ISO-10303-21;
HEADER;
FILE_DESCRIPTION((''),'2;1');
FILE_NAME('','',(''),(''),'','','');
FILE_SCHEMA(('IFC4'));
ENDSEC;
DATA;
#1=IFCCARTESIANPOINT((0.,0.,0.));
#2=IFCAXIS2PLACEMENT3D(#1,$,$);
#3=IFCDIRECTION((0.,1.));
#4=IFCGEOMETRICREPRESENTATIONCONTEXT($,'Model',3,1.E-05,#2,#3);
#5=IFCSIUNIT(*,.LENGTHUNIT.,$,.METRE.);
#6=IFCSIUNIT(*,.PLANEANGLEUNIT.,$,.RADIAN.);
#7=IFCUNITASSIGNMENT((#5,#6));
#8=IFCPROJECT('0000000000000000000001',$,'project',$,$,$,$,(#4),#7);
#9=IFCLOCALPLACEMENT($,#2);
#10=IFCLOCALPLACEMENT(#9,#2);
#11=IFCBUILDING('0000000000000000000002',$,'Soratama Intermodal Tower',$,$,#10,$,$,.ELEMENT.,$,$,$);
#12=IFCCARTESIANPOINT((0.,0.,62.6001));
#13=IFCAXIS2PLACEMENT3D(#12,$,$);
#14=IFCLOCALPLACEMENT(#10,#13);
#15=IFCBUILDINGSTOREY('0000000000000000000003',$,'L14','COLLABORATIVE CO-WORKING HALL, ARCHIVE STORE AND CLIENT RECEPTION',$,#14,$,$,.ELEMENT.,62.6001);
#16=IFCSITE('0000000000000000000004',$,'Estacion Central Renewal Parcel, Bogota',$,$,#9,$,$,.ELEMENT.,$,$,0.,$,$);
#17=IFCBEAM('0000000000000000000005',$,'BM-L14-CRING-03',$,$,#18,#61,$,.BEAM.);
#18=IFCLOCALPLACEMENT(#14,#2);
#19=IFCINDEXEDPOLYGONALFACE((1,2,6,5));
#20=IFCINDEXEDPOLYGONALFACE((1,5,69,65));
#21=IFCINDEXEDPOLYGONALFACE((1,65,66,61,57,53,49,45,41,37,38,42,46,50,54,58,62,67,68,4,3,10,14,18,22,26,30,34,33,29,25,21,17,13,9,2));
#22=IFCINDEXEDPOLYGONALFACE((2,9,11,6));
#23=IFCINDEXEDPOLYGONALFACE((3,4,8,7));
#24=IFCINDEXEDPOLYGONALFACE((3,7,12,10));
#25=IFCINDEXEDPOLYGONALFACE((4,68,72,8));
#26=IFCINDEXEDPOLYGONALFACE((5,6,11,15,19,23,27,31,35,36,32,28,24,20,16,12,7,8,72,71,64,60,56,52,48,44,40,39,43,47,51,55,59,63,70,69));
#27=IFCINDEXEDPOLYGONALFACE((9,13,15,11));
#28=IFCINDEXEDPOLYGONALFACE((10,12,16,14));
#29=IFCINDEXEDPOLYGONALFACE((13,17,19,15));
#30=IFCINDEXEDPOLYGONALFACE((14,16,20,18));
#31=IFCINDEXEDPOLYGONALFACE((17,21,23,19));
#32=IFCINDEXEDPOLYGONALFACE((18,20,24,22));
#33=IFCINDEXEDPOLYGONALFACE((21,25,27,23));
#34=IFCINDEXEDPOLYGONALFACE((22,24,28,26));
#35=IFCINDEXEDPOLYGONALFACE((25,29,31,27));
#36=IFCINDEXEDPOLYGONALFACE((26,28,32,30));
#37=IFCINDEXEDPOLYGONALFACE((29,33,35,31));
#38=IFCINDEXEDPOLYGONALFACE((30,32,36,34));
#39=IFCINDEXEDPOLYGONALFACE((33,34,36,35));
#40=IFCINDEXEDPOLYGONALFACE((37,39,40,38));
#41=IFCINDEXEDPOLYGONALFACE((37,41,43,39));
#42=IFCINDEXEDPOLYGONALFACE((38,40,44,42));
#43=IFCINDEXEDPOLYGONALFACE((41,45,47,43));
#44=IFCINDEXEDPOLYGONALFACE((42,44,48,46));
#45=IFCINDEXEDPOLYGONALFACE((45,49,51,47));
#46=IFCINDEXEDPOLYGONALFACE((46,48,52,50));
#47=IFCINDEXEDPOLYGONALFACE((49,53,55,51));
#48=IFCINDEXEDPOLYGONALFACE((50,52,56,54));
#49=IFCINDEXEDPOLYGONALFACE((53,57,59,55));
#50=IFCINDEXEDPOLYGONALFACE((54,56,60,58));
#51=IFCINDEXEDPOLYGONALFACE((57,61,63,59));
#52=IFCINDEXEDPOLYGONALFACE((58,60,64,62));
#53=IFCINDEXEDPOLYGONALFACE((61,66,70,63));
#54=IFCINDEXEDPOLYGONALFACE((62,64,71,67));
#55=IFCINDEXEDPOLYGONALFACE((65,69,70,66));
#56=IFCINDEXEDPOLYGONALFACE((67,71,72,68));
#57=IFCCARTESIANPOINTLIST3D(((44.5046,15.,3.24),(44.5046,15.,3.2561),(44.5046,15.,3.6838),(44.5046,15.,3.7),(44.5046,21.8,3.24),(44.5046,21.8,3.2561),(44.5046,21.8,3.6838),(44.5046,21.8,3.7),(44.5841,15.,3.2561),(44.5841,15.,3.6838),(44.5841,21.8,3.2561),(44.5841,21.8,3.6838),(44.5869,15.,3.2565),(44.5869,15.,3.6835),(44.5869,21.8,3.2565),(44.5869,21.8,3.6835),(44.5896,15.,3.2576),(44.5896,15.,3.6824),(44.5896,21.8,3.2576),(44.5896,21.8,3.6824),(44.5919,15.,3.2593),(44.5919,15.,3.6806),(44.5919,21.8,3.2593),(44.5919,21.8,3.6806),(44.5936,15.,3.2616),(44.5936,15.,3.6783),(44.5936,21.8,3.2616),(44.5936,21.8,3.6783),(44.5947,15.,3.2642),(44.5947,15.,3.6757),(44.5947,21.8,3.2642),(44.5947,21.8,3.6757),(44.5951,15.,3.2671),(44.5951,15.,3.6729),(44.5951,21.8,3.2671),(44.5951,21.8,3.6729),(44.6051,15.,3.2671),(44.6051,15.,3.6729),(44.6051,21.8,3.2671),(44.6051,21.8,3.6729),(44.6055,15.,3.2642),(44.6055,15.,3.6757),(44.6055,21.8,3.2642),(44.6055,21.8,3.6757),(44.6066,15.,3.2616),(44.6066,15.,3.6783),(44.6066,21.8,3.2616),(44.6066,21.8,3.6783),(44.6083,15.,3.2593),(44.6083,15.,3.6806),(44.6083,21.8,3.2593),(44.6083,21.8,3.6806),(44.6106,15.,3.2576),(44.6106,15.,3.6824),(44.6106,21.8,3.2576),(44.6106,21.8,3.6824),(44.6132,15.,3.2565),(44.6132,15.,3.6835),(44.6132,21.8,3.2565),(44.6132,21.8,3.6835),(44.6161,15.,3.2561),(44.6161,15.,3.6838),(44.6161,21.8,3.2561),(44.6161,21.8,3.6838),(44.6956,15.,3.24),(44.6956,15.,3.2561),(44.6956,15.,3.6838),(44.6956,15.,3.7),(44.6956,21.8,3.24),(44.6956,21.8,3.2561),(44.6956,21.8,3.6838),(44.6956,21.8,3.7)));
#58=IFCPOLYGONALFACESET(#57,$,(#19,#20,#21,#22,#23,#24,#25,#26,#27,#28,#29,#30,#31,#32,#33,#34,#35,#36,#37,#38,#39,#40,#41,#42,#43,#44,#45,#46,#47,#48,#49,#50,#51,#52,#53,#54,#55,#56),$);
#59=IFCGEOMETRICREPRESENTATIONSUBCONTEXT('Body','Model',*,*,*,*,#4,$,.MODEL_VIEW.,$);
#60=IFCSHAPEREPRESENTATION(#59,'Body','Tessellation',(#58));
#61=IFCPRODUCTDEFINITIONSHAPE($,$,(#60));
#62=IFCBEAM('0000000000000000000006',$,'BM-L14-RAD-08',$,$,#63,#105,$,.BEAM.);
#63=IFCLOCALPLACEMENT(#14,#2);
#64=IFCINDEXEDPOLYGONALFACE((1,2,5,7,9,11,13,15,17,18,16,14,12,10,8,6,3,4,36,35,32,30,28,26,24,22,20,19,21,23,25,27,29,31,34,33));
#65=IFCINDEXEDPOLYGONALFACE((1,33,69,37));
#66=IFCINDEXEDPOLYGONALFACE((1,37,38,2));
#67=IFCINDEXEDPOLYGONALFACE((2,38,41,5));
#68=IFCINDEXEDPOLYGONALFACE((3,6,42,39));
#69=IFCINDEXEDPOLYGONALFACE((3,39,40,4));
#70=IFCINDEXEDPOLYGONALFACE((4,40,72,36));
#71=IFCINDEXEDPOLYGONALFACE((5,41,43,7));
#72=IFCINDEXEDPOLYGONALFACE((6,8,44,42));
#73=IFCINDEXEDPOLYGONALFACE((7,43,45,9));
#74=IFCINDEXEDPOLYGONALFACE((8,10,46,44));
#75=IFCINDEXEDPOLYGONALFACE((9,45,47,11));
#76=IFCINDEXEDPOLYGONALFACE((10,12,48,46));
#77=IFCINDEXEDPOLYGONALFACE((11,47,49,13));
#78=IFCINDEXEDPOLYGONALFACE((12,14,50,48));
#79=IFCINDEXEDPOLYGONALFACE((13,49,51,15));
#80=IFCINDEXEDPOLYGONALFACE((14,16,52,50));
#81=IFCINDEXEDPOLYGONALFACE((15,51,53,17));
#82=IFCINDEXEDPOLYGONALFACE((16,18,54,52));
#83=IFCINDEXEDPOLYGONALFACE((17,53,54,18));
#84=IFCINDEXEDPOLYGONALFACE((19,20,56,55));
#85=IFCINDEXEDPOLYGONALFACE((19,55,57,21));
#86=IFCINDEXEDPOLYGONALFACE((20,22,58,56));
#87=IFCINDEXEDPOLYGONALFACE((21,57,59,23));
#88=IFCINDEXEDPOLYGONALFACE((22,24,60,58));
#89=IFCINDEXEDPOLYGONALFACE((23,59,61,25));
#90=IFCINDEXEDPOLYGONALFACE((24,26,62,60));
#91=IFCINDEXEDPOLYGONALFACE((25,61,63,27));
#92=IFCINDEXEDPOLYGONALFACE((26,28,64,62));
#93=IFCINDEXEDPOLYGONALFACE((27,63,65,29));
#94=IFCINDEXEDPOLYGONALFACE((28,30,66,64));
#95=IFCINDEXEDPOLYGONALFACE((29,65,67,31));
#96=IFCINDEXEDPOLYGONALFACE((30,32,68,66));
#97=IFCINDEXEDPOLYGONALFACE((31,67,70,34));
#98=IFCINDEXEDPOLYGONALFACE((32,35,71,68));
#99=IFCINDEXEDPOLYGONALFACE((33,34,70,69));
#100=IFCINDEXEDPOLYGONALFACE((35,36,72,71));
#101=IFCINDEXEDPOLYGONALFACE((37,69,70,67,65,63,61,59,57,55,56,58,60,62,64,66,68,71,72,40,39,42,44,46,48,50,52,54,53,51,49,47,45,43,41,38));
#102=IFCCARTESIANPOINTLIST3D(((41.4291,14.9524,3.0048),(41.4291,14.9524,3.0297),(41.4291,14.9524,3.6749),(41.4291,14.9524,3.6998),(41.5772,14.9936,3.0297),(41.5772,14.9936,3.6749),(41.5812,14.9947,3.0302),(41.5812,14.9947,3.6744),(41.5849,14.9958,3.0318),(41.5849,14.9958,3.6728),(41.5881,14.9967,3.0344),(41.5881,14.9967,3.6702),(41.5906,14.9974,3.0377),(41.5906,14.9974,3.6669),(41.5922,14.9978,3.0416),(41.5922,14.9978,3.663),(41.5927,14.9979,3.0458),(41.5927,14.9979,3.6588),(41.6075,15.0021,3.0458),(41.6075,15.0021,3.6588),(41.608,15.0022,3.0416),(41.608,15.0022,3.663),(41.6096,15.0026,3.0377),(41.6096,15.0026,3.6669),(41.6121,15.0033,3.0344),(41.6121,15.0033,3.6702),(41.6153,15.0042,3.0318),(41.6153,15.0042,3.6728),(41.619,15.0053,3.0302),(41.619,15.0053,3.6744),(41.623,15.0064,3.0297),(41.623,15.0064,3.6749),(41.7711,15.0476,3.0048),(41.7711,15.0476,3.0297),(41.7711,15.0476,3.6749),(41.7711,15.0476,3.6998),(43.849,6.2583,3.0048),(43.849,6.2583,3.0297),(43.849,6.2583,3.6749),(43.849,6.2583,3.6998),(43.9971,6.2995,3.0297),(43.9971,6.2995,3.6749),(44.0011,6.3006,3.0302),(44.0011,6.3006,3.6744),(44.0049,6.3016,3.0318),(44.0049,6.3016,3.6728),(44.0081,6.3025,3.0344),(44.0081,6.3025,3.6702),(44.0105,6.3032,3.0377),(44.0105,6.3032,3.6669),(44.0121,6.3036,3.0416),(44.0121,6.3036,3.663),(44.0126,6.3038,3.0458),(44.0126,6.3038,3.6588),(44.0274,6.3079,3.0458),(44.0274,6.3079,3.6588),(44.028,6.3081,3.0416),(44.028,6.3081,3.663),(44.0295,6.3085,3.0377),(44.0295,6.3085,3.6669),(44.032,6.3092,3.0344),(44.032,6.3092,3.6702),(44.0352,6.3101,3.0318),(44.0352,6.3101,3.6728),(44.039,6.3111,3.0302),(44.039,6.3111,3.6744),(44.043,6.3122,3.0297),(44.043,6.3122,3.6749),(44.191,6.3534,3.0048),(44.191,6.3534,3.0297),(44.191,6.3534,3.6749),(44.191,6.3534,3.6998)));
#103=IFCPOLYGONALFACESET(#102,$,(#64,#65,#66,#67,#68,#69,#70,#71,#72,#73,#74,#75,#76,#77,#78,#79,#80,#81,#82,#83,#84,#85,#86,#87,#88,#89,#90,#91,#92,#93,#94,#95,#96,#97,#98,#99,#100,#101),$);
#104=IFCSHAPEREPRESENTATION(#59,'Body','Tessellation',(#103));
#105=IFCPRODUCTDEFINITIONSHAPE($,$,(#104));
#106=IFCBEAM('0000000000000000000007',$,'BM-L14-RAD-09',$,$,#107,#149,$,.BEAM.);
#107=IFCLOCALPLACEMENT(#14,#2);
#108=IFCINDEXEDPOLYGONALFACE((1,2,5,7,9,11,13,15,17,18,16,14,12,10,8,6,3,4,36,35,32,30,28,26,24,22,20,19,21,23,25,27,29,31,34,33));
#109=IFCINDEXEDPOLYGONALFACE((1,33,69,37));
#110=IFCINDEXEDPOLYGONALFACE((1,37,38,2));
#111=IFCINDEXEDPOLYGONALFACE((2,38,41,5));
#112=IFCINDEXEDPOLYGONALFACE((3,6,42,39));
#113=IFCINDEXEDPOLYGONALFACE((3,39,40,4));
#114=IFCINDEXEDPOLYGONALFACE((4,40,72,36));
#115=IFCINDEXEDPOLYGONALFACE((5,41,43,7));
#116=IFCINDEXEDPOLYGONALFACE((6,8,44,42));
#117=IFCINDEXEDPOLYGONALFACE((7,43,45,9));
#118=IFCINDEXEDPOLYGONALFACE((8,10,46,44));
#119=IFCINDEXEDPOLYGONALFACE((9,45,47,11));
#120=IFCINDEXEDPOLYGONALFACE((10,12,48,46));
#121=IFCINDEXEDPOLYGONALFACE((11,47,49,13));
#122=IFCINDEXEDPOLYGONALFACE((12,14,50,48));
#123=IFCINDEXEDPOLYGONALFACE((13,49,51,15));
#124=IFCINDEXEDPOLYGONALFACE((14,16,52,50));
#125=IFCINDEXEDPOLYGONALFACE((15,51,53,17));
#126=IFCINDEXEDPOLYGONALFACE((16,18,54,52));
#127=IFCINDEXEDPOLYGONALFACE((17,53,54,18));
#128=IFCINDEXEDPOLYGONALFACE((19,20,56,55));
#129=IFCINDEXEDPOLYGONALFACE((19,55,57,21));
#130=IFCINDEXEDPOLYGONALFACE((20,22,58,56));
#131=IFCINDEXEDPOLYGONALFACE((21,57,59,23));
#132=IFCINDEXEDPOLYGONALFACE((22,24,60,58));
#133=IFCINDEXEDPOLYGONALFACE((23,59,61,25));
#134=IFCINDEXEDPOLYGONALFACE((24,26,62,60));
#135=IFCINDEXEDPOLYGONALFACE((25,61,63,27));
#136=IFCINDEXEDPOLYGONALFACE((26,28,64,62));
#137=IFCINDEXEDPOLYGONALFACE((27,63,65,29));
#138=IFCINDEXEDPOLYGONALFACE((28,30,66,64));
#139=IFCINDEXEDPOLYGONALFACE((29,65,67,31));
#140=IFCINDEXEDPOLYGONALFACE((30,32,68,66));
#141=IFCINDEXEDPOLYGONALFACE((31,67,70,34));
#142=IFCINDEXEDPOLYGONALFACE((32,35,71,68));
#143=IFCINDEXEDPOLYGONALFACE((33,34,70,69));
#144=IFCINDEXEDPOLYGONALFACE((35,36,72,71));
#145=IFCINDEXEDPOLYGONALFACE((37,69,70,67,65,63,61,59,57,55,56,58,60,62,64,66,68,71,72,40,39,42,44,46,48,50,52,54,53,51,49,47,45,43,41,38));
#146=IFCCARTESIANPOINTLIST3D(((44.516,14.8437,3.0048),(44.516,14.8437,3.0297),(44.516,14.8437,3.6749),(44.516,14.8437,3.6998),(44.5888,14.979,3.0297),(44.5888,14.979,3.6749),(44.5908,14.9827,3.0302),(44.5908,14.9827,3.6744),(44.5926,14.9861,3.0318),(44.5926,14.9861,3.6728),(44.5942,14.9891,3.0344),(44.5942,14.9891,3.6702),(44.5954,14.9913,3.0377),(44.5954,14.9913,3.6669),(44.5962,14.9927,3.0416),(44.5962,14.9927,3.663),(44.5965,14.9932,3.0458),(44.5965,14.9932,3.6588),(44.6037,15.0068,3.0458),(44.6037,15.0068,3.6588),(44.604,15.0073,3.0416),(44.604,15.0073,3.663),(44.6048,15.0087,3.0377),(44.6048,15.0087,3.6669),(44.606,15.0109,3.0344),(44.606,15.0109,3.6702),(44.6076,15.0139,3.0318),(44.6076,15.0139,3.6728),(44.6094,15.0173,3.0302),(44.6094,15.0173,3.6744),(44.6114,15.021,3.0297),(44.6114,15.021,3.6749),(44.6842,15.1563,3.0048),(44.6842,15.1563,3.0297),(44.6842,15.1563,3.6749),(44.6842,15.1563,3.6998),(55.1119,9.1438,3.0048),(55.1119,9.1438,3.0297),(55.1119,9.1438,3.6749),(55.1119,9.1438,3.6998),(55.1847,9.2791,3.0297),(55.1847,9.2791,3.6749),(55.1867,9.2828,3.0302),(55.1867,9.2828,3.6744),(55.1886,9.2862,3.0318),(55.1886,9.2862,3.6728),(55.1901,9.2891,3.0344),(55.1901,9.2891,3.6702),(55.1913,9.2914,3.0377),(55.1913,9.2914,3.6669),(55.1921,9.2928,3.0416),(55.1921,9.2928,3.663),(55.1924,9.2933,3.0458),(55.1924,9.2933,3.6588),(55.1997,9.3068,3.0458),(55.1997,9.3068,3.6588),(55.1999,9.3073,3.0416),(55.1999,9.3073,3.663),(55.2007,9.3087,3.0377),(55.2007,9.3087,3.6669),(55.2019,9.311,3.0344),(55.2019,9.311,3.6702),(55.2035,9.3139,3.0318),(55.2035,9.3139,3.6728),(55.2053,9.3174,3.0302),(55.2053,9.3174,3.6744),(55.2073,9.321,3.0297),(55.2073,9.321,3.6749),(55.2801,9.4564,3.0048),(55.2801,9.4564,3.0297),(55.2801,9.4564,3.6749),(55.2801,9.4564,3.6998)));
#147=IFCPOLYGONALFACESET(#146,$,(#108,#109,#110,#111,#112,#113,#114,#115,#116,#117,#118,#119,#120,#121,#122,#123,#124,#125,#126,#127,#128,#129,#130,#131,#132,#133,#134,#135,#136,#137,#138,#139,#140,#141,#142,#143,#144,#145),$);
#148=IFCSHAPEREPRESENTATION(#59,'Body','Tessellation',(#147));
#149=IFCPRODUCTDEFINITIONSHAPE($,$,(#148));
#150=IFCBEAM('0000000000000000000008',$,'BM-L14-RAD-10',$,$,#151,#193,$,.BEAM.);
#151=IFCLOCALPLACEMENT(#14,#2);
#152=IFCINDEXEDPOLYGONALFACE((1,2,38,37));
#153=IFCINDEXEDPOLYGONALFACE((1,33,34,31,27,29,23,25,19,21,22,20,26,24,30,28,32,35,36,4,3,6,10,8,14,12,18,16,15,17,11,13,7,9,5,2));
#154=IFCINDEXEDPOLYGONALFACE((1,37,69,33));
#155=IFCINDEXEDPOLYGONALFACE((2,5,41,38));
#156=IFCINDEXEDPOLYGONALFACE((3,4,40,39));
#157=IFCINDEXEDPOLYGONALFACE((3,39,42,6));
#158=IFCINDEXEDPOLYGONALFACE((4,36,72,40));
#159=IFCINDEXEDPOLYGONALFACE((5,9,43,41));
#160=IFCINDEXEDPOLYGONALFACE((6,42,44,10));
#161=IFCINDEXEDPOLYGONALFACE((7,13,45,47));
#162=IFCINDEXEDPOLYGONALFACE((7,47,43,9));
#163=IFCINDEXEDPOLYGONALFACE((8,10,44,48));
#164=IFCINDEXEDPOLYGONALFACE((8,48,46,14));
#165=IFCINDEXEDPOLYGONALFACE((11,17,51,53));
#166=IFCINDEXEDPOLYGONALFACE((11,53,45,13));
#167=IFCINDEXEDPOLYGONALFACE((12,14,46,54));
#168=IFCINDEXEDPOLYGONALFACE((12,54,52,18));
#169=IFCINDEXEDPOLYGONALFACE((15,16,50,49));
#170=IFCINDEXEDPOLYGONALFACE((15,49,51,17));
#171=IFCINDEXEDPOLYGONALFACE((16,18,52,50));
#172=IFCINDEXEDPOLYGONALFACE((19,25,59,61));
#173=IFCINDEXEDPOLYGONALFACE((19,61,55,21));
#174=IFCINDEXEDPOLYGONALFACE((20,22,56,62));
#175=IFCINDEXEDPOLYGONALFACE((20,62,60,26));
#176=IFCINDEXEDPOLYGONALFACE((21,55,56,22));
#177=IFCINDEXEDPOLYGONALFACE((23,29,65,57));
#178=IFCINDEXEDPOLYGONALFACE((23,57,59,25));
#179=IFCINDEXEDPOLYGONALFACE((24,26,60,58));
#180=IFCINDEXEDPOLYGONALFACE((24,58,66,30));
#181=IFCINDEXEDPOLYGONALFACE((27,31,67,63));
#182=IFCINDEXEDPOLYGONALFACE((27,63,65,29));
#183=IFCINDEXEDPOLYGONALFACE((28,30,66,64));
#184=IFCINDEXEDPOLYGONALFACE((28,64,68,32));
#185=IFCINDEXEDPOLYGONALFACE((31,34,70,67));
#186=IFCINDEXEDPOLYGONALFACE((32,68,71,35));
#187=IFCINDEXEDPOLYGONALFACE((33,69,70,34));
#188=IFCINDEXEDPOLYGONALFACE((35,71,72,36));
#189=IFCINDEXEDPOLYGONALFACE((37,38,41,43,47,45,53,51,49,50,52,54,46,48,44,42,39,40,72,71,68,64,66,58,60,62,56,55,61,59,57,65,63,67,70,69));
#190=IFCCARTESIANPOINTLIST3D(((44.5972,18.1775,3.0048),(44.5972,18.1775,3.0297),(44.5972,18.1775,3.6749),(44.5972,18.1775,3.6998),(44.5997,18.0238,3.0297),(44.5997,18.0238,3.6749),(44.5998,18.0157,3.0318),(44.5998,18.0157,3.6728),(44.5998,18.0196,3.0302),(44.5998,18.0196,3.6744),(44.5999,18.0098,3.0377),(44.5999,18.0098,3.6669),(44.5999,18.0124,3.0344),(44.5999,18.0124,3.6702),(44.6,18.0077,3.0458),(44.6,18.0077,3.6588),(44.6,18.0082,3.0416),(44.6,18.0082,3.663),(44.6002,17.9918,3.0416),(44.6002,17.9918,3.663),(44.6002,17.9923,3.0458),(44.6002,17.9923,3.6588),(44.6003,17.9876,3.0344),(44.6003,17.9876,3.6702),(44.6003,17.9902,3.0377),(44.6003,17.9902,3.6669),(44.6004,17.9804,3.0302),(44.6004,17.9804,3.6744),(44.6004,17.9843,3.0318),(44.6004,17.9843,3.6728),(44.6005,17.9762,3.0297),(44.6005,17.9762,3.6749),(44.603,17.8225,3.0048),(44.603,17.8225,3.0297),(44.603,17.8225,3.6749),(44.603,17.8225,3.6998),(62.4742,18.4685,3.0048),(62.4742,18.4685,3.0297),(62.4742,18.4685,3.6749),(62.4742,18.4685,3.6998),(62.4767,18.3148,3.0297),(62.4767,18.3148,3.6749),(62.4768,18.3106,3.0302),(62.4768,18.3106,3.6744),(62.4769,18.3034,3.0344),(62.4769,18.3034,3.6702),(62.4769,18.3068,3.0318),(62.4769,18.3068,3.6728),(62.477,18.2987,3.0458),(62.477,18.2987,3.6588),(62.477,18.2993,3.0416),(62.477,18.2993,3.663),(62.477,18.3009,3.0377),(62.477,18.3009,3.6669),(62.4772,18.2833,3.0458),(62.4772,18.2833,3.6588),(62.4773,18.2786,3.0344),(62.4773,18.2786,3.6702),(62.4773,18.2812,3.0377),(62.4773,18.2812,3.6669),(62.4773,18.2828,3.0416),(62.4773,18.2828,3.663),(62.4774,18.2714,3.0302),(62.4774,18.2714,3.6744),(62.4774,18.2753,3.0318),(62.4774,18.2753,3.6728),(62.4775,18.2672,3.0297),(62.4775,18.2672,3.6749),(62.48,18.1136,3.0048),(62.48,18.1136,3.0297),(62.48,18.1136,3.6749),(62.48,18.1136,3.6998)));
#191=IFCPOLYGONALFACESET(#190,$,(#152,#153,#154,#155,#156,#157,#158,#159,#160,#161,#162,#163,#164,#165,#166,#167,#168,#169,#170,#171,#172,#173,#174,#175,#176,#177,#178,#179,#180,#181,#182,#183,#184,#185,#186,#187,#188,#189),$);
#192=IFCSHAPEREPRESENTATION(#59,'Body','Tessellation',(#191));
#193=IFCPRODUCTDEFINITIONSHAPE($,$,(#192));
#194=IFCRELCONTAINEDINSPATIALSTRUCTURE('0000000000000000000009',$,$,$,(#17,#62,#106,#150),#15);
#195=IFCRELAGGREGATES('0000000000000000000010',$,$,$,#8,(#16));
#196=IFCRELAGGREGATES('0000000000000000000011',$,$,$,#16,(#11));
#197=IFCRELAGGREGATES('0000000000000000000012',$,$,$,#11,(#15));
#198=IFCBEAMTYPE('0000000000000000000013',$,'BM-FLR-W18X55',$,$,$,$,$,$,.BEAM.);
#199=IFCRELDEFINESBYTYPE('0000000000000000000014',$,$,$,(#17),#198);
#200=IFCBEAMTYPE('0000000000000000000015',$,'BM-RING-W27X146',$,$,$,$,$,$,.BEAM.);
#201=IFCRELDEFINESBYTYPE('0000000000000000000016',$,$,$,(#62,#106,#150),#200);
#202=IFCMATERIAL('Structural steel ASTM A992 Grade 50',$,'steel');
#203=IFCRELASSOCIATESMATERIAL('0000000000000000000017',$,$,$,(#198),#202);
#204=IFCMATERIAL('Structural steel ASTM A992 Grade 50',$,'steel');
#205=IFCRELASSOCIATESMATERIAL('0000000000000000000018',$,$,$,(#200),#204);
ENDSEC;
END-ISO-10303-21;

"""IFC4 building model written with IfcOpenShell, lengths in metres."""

from ifc_helpers import new_model, si_unit, direction, frame, origin, origin_2d, place, context, subcontext, project, spatial, i_section, extrude, material, material_profile, profile_set, type_object, element, save


model = new_model("IFC4")

# Units and contexts
model_context = context("Model", 3, precision=1e-05, world=origin(), true_north=direction((0.0, 1.0)))
body_context = subcontext(model_context, "Body", "Model", "MODEL_VIEW")
ifc_project = project(units=[si_unit("LENGTHUNIT", "METRE"), si_unit("PLANEANGLEUNIT", "RADIAN")], contexts=[model_context])

# Site, building, storey
site_placement = place(None, origin())
site = spatial("IfcSite", under=ifc_project, at=site_placement, Name="Estacion Central Renewal Parcel, Bogota", CompositionType="ELEMENT", RefElevation=0.0)
building_placement = place(site_placement, origin())
building = spatial("IfcBuilding", under=site, at=building_placement, Name="Soratama Intermodal Tower", CompositionType="ELEMENT")
storey_placement = place(building_placement, frame((0.0, 0.0, 62.6001)))
storey = spatial("IfcBuildingStorey", under=building, at=storey_placement, Name="L14", Description="COLLABORATIVE CO-WORKING HALL, ARCHIVE STORE AND CLIENT RECEPTION", CompositionType="ELEMENT", Elevation=62.6001)

# Beams
ifc_material_1 = material(Name="Structural steel ASTM A992 Grade 50", Category="steel")
ifc_material_profile_1 = material_profile(ifc_material_1, i_section(OverallWidth=0.1909, OverallDepth=0.46, WebThickness=0.01, FlangeThickness=0.0161, FilletRadius=0.011, at=origin_2d()), Name="W18X55")
ifc_profile_set_1 = profile_set([ifc_material_profile_1], Name="Structural steel ASTM A992 Grade 50")
beam_type_1 = type_object("IfcBeamType", Name="BM-FLR-W18X55", PredefinedType="BEAM", material=ifc_profile_set_1)
beam_1_placement = place(storey_placement, frame((44.6001, 15.0, 3.47), z_axis=(0.0, 1.0, 0.0), x_axis=(-1.0, 0.0, 0.0)))
element("IfcBeam", 1, at=beam_1_placement, inside=storey, type_object=beam_type_1, Name="BM-L14-CRING-03", PredefinedType="BEAM", context=body_context, shape_type="SweptSolid", body=[
    extrude(i_section(OverallWidth=0.1909, OverallDepth=0.46, WebThickness=0.01, FlangeThickness=0.0161, FilletRadius=0.011, at=origin_2d()), origin(), (0.0, 0.0, 1.0), 6.8),
])
ifc_material_2 = material(Name="Structural steel ASTM A992 Grade 50", Category="steel")
ifc_material_profile_2 = material_profile(ifc_material_2, i_section(OverallWidth=0.355, OverallDepth=0.6951, WebThickness=0.0154, FlangeThickness=0.0249, FilletRadius=0.0161, at=origin_2d()), Name="W27X146")
ifc_profile_set_2 = profile_set([ifc_material_profile_2], Name="Structural steel ASTM A992 Grade 50")
beam_type_2 = type_object("IfcBeamType", Name="BM-RING-W27X146", PredefinedType="BEAM", material=ifc_profile_set_2)
beam_2_placement = place(storey_placement, frame((41.6001, 15.0, 3.3523), z_axis=(0.268148, -0.963378, 0.0), x_axis=(0.963378, 0.268148, 0.0)))
element("IfcBeam", 2, at=beam_2_placement, inside=storey, type_object=beam_type_2, Name="BM-L14-RAD-08", PredefinedType="BEAM", context=body_context, shape_type="SweptSolid", body=[
    extrude(i_section(OverallWidth=0.355, OverallDepth=0.6951, WebThickness=0.0154, FlangeThickness=0.0249, FilletRadius=0.0161, at=origin_2d()), origin(), (0.0, 0.0, 1.0), 9.0247),
])
beam_3_placement = place(storey_placement, frame((44.6001, 15.0, 3.3523), z_axis=(0.880664, -0.473742, 0.0), x_axis=(0.473742, 0.880664, 0.0)))
element("IfcBeam", 3, at=beam_3_placement, inside=storey, type_object=beam_type_2, Name="BM-L14-RAD-09", PredefinedType="BEAM", context=body_context, shape_type="SweptSolid", body=[
    extrude(i_section(OverallWidth=0.355, OverallDepth=0.6951, WebThickness=0.0154, FlangeThickness=0.0249, FilletRadius=0.0161, at=origin_2d()), origin(), (0.0, 0.0, 1.0), 12.0317),
])
beam_4_placement = place(storey_placement, frame((44.6001, 18.0, 3.3523), z_axis=(0.999868, 0.016277, 0.0), x_axis=(-0.016277, 0.999868, 0.0)))
element("IfcBeam", 4, at=beam_4_placement, inside=storey, type_object=beam_type_2, Name="BM-L14-RAD-10", PredefinedType="BEAM", context=body_context, shape_type="SweptSolid", body=[
    extrude(i_section(OverallWidth=0.355, OverallDepth=0.6951, WebThickness=0.0154, FlangeThickness=0.0249, FilletRadius=0.0161, at=origin_2d()), origin(), (0.0, 0.0, 1.0), 17.8794),
])

save(model, "model.ifc")
